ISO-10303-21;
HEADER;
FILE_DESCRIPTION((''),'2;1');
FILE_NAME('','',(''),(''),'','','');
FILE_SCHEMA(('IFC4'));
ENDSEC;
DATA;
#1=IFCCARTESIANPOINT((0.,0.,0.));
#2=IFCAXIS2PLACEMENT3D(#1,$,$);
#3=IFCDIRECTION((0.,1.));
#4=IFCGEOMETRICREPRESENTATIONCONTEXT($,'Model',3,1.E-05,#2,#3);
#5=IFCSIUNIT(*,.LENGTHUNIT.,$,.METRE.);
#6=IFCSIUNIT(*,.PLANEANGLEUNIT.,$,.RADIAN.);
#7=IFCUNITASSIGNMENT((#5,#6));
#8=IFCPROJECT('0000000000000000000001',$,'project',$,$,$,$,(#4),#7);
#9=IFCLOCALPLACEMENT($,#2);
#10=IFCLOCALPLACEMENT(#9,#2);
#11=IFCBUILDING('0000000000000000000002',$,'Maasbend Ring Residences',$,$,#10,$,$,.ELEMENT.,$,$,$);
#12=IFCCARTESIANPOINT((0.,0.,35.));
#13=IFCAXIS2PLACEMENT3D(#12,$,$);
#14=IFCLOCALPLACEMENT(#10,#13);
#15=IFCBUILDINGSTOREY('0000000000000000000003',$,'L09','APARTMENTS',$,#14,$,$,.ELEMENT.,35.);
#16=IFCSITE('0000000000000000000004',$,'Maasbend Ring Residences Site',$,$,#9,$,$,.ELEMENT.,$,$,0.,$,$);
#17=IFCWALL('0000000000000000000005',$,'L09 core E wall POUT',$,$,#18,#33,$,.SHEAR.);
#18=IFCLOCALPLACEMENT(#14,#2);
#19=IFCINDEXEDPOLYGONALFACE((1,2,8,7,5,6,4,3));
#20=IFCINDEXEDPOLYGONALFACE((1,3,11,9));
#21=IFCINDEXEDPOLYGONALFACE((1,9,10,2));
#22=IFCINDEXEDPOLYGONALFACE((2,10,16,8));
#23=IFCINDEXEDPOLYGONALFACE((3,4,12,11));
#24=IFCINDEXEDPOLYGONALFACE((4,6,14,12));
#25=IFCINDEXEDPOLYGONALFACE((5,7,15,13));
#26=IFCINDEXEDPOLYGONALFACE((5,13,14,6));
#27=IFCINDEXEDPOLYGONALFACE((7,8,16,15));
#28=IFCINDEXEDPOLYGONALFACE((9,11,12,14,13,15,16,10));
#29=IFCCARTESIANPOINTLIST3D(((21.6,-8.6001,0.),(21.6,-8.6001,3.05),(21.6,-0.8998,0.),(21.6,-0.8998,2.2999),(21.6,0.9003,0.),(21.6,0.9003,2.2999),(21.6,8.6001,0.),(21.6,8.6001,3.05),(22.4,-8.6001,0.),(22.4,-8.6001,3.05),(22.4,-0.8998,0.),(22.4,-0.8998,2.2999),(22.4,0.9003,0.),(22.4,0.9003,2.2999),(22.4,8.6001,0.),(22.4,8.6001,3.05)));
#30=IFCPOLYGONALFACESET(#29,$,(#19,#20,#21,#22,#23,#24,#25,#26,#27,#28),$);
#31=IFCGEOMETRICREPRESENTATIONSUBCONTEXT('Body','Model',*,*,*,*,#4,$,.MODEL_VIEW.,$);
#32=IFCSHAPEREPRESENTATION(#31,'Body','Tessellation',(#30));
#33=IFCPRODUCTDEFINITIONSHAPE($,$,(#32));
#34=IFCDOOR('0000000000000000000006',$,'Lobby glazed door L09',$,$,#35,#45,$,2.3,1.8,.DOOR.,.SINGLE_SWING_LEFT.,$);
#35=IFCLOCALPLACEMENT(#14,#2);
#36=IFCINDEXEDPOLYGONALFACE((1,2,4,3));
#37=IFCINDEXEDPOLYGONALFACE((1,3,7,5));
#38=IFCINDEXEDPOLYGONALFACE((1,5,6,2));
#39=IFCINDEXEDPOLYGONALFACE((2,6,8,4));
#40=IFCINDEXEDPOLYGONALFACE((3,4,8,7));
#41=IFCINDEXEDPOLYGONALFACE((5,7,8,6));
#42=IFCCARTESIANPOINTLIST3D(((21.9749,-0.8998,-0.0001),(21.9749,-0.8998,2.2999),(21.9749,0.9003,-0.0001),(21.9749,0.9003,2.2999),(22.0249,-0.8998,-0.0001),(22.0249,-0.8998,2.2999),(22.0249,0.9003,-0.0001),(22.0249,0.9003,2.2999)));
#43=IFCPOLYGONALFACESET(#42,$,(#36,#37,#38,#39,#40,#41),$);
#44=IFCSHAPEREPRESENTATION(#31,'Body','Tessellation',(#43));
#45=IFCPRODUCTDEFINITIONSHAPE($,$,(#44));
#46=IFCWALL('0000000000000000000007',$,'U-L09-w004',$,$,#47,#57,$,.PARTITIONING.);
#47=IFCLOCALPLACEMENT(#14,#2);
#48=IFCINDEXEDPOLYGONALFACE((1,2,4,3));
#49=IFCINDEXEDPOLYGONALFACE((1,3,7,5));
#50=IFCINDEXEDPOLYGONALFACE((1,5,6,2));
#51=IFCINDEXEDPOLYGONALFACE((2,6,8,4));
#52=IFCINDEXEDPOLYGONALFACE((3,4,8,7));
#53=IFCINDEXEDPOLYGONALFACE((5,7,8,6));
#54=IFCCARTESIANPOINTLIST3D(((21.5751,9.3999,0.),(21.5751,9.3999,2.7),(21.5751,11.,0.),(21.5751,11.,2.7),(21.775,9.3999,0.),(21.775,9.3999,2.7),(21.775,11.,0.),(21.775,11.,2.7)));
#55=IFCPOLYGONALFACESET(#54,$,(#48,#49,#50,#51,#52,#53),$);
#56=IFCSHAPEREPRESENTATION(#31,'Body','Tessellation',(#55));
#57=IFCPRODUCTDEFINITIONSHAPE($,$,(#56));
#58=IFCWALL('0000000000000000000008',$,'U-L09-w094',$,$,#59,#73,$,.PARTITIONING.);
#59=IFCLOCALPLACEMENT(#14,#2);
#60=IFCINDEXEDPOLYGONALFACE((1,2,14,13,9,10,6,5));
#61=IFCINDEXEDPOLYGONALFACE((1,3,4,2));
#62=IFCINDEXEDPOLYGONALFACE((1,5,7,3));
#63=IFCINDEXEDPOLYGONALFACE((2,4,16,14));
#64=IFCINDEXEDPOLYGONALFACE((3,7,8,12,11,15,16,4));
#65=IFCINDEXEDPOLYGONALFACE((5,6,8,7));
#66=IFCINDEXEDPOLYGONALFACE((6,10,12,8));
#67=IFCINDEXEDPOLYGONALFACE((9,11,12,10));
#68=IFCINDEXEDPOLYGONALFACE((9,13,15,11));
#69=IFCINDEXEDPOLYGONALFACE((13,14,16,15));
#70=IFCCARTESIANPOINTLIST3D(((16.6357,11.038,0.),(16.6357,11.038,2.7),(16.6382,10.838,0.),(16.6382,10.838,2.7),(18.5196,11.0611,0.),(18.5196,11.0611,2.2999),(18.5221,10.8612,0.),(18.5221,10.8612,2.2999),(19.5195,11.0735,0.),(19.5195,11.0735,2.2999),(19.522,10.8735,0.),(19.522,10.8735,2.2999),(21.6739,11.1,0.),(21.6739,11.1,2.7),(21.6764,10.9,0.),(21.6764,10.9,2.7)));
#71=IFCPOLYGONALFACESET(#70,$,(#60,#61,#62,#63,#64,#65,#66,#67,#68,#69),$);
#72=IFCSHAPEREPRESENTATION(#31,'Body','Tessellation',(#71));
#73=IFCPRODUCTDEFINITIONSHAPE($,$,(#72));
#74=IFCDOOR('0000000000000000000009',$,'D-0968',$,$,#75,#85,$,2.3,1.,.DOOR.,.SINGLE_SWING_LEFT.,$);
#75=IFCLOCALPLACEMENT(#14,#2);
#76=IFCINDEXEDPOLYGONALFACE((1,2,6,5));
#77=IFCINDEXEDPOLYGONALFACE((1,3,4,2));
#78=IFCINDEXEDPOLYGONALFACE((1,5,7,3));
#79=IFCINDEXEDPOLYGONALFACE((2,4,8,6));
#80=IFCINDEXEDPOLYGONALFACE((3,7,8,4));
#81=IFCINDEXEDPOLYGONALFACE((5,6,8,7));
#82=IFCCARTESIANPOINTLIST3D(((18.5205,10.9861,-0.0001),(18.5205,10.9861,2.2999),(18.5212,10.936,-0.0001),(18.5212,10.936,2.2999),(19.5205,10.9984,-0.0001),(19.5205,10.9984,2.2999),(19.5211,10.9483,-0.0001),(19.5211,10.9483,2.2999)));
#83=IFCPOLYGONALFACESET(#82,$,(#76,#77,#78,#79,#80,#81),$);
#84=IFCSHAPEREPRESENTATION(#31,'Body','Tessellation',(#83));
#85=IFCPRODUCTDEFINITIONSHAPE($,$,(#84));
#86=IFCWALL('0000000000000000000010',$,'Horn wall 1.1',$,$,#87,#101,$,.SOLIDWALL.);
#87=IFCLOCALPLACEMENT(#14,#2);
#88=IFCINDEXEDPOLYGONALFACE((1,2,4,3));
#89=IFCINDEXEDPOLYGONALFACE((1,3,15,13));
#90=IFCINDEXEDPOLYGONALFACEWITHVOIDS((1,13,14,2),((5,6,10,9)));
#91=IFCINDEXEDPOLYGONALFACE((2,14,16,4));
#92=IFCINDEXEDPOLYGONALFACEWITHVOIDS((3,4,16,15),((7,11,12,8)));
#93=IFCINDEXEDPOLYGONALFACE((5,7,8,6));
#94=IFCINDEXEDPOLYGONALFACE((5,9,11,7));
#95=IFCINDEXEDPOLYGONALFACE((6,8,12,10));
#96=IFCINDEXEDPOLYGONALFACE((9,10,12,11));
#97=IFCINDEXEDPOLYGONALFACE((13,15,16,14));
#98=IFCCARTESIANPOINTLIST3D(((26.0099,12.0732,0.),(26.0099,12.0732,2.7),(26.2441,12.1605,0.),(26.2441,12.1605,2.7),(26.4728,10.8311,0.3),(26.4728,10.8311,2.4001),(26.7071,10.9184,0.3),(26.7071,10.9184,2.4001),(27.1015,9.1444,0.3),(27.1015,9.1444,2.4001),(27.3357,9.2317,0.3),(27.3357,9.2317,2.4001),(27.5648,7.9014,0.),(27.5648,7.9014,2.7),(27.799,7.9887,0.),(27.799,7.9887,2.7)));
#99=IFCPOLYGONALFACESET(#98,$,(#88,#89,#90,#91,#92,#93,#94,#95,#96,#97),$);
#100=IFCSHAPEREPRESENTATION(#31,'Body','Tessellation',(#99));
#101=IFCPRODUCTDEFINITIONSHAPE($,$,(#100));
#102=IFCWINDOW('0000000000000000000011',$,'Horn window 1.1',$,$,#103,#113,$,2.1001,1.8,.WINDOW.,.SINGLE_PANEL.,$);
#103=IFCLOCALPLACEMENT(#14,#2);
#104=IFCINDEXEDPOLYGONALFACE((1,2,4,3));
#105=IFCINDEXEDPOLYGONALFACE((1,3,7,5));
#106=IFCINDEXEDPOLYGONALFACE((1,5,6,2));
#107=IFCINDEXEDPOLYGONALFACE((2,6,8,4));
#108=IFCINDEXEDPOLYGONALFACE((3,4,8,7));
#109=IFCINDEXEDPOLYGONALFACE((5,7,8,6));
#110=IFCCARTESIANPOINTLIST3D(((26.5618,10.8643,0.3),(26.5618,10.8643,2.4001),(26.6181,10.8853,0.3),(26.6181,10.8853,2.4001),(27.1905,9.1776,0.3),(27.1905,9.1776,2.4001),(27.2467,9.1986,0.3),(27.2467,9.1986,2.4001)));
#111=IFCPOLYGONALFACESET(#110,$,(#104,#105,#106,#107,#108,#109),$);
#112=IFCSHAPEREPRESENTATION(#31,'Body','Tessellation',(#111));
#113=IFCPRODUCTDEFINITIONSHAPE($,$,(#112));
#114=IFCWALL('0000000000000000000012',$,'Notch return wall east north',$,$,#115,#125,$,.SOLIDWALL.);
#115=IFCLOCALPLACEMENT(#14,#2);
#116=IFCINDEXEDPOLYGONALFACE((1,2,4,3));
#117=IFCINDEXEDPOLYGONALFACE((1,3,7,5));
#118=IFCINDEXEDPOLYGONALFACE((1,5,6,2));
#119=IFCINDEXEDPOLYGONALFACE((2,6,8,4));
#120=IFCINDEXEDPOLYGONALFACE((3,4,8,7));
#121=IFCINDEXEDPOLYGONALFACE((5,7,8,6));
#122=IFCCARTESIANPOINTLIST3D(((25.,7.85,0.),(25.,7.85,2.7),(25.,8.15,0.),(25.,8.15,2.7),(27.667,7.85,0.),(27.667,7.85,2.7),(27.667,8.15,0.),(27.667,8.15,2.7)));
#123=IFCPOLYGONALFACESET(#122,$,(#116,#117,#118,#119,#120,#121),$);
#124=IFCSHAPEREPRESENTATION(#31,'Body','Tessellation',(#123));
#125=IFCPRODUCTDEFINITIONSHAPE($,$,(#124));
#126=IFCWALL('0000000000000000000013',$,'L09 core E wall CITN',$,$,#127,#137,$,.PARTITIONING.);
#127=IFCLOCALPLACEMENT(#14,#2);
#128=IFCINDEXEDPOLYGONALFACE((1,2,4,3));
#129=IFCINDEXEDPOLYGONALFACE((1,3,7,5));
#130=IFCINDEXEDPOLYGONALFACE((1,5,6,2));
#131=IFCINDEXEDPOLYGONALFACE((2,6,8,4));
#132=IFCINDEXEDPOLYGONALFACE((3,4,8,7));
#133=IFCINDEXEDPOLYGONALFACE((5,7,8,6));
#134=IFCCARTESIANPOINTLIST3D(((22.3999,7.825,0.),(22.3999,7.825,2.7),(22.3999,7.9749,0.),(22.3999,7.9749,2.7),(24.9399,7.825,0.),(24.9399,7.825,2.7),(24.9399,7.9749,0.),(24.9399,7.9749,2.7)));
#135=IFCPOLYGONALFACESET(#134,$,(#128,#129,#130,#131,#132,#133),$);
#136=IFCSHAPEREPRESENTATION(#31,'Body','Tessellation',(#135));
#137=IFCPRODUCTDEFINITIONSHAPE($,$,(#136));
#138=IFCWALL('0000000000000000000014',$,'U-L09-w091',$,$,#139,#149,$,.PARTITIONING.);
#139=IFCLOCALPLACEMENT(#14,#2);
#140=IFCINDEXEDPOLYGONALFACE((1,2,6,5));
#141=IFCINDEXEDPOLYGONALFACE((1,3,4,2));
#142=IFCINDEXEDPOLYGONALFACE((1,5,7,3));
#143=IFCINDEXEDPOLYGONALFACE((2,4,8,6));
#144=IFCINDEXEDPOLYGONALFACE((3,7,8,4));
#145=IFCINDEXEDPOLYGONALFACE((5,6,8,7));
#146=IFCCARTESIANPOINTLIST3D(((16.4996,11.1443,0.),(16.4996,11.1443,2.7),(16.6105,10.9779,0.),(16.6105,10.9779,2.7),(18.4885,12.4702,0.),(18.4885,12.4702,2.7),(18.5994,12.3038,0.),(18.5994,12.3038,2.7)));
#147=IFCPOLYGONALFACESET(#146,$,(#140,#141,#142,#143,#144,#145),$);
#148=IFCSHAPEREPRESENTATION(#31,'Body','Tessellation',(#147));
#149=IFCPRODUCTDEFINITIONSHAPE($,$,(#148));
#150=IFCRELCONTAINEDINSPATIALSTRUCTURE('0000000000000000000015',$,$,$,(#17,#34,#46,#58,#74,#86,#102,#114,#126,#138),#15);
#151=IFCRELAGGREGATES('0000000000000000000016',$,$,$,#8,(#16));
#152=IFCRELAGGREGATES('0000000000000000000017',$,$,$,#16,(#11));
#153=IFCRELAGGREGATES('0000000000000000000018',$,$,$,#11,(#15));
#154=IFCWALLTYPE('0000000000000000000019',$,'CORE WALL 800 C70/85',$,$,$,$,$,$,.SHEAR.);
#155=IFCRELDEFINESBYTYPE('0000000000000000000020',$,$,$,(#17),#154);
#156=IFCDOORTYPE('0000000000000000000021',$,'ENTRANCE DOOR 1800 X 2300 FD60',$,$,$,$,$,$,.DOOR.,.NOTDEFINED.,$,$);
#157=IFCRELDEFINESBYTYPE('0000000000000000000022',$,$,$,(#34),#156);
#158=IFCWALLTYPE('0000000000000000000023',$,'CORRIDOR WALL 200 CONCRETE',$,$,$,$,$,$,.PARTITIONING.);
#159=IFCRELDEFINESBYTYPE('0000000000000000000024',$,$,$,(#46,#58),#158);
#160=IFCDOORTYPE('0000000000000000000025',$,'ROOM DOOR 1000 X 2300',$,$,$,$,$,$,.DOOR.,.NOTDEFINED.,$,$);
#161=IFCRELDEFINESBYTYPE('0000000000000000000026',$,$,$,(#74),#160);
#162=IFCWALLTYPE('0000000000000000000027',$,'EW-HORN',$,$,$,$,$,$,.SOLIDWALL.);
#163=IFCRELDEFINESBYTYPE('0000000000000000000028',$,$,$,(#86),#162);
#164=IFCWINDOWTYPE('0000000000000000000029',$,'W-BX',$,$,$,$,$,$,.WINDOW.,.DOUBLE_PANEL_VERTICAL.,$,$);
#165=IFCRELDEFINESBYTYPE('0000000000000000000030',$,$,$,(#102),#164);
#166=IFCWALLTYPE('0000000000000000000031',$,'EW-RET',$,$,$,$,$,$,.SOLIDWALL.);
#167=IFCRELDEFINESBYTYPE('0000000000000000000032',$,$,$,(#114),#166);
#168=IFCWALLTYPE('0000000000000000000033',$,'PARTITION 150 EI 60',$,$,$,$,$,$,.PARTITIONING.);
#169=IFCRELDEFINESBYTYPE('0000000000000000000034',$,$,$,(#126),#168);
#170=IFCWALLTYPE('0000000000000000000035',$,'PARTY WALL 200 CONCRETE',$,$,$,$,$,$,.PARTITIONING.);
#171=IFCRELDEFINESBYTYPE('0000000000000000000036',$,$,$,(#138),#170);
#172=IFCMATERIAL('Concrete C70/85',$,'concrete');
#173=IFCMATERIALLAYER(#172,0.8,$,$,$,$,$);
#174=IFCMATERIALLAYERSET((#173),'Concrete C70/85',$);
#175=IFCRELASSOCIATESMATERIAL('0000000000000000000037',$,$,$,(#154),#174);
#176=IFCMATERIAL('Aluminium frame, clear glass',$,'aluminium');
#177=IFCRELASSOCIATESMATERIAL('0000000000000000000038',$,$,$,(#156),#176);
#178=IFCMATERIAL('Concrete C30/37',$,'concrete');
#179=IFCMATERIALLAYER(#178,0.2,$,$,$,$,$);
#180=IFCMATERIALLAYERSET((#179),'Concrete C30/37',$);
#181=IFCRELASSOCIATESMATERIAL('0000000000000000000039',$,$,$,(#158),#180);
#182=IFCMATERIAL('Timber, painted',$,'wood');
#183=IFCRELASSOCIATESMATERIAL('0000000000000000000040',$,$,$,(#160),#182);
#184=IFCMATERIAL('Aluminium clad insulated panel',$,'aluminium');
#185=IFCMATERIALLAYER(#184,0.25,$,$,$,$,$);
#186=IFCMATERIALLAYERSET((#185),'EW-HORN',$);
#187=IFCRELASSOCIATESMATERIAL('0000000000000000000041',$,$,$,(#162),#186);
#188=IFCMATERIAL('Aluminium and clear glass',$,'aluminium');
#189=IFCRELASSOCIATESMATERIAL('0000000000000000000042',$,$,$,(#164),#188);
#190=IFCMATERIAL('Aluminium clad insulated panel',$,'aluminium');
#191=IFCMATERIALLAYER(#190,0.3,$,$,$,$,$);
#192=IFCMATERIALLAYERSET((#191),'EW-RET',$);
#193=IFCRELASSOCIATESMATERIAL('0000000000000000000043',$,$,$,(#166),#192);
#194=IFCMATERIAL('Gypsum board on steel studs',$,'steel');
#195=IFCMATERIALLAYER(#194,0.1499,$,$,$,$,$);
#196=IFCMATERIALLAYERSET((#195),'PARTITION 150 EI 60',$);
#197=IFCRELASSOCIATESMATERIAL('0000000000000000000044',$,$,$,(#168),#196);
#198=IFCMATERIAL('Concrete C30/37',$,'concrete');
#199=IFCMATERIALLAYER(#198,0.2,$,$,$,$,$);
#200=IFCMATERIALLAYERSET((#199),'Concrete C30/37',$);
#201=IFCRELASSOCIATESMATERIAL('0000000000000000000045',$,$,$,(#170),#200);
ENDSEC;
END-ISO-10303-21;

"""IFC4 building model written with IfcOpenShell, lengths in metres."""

from ifc_helpers import new_model, si_unit, direction, frame, frame_2d, origin, place, context, subcontext, project, spatial, rectangle, extrude, material, layer, layer_set, type_object, element, fill, save


model = new_model("IFC4")

# Units and contexts
model_context = context("Model", 3, precision=1e-05, world=origin(), true_north=direction((0.0, 1.0)))
body_context = subcontext(model_context, "Body", "Model", "MODEL_VIEW")
ifc_project = project(units=[si_unit("LENGTHUNIT", "METRE"), si_unit("PLANEANGLEUNIT", "RADIAN")], contexts=[model_context])

# Site, building, storey
site_placement = place(None, origin())
site = spatial("IfcSite", under=ifc_project, at=site_placement, Name="Maasbend Ring Residences Site", CompositionType="ELEMENT", RefElevation=0.0)
building_placement = place(site_placement, origin())
building = spatial("IfcBuilding", under=site, at=building_placement, Name="Maasbend Ring Residences", CompositionType="ELEMENT")
storey_placement = place(building_placement, frame((0.0, 0.0, 35.0)))
storey = spatial("IfcBuildingStorey", under=building, at=storey_placement, Name="L09", Description="APARTMENTS", CompositionType="ELEMENT", Elevation=35.0)

# Wall, opening, door
ifc_material_1 = material(Name="Concrete C70/85", Category="concrete")
ifc_layer_1 = layer(ifc_material_1, 0.8)
ifc_layer_set_1 = layer_set([ifc_layer_1], Name="Concrete C70/85")
wall_type_1 = type_object("IfcWallType", Name="CORE WALL 800 C70/85", PredefinedType="SHEAR", material=ifc_layer_set_1)
wall_1_placement = place(storey_placement, frame((22.0, 8.6001, 0.0), z_axis=(0.0, 0.0, 1.0), x_axis=(0.0, -1.0, 0.0)))
wall_1 = element("IfcWall", 1, at=wall_1_placement, inside=storey, type_object=wall_type_1, Name="L09 core E wall POUT", PredefinedType="SHEAR", context=body_context, shape_type="SweptSolid", body=[
    extrude(rectangle(XDim=17.2002, YDim=0.8, at=frame_2d((8.6001, 0.0))), origin(), (0.0, 0.0, 1.0), 3.05),
])
opening_1_placement = place(wall_1_placement, frame((7.7, 0.0, 0.0)))
opening_1 = element("IfcOpeningElement", 2, at=opening_1_placement, cuts=wall_1, PredefinedType="OPENING", context=body_context, shape_type="SweptSolid", body=[
    extrude(rectangle(XDim=1.8, YDim=2.3, at=frame_2d((0.8999, 1.1499))), frame((0.0, 0.4102, 0.0), z_axis=(0.0, -1.0, 0.0), x_axis=(1.0, 0.0, 0.0)), (0.0, 0.0, 1.0), 0.8201),
])
ifc_material_2 = material(Name="Aluminium frame, clear glass", Category="aluminium")
door_type_1 = type_object("IfcDoorType", Name="ENTRANCE DOOR 1800 X 2300 FD60", OperationType="NOTDEFINED", PredefinedType="DOOR", material=ifc_material_2)
door_1_placement = place(opening_1_placement, origin())
door_1 = element("IfcDoor", 3, at=door_1_placement, inside=storey, type_object=door_type_1, Name="Lobby glazed door L09", OperationType="SINGLE_SWING_LEFT", OverallHeight=2.3, OverallWidth=1.8, PredefinedType="DOOR", context=body_context, shape_type="SweptSolid", body=[
    extrude(rectangle(XDim=1.8, YDim=2.3, at=frame_2d((0.8999, 1.1499))), frame((0.0, 0.0249, 0.0), z_axis=(0.0, -1.0, 0.0), x_axis=(1.0, 0.0, 0.0)), (0.0, 0.0, 1.0), 0.05),
])
fill(opening_1, door_1)

# Wall
ifc_material_3 = material(Name="Concrete C30/37", Category="concrete")
ifc_layer_2 = layer(ifc_material_3, 0.2)
ifc_layer_set_2 = layer_set([ifc_layer_2], Name="Concrete C30/37")
wall_type_2 = type_object("IfcWallType", Name="CORRIDOR WALL 200 CONCRETE", PredefinedType="PARTITIONING", material=ifc_layer_set_2)
wall_2_placement = place(storey_placement, frame((21.675, 9.3999, 0.0), z_axis=(0.0, 0.0, 1.0), x_axis=(0.0, 1.0, 0.0)))
element("IfcWall", 4, at=wall_2_placement, inside=storey, type_object=wall_type_2, Name="U-L09-w004", PredefinedType="PARTITIONING", context=body_context, shape_type="SweptSolid", body=[
    extrude(rectangle(XDim=1.6001, YDim=0.2, at=frame_2d((0.8, 0.0))), origin(), (0.0, 0.0, 1.0), 2.7),
])

# Wall, opening, door
wall_3_placement = place(storey_placement, frame((16.637, 10.938, 0.0), z_axis=(0.0, 0.0, 1.0), x_axis=(0.999924, 0.012308, 0.0)))
wall_3 = element("IfcWall", 5, at=wall_3_placement, inside=storey, type_object=wall_type_2, Name="U-L09-w094", PredefinedType="PARTITIONING", context=body_context, shape_type="SweptSolid", body=[
    extrude(rectangle(XDim=5.0386, YDim=0.2, at=frame_2d((2.5193, 0.0))), origin(), (0.0, 0.0, 1.0), 2.7),
])
opening_2_placement = place(wall_3_placement, frame((1.884, 0.0, 0.0)))
opening_2 = element("IfcOpeningElement", 6, at=opening_2_placement, cuts=wall_3, PredefinedType="OPENING", context=body_context, shape_type="SweptSolid", body=[
    extrude(rectangle(XDim=1.0, YDim=2.3, at=frame_2d((0.5, 1.1499))), frame((0.0, 0.1099, 0.0), z_axis=(0.0, -1.0, 0.0), x_axis=(1.0, 0.0, 0.0)), (0.0, 0.0, 1.0), 0.22),
])
ifc_material_4 = material(Name="Timber, painted", Category="wood")
door_type_2 = type_object("IfcDoorType", Name="ROOM DOOR 1000 X 2300", OperationType="NOTDEFINED", PredefinedType="DOOR", material=ifc_material_4)
door_2_placement = place(opening_2_placement, origin())
door_2 = element("IfcDoor", 7, at=door_2_placement, inside=storey, type_object=door_type_2, Name="D-0968", OperationType="SINGLE_SWING_LEFT", OverallHeight=2.3, OverallWidth=1.0, PredefinedType="DOOR", context=body_context, shape_type="SweptSolid", body=[
    extrude(rectangle(XDim=1.0, YDim=2.3, at=frame_2d((0.5, 1.1499))), frame((0.0, 0.0249, 0.0), z_axis=(0.0, -1.0, 0.0), x_axis=(1.0, 0.0, 0.0)), (0.0, 0.0, 1.0), 0.05),
])
fill(opening_2, door_2)

# Wall, opening, window
ifc_material_5 = material(Name="Aluminium clad insulated panel", Category="aluminium")
ifc_layer_3 = layer(ifc_material_5, 0.25)
ifc_layer_set_3 = layer_set([ifc_layer_3], Name="EW-HORN")
wall_type_3 = type_object("IfcWallType", Name="EW-HORN", PredefinedType="SOLIDWALL", material=ifc_layer_set_3)
wall_4_placement = place(storey_placement, frame((27.6819, 7.9451, 0.0), z_axis=(0.0, 0.0, 1.0), x_axis=(-0.349248, 0.93703, 0.0)))
wall_4 = element("IfcWall", 8, at=wall_4_placement, inside=storey, type_object=wall_type_3, Name="Horn wall 1.1", PredefinedType="SOLIDWALL", context=body_context, shape_type="SweptSolid", body=[
    extrude(rectangle(XDim=4.4521, YDim=0.25, at=frame_2d((2.2261, 0.0))), origin(), (0.0, 0.0, 1.0), 2.7),
])
opening_3_placement = place(wall_4_placement, frame((1.3267, 0.0, 0.3)))
opening_3 = element("IfcOpeningElement", 9, at=opening_3_placement, cuts=wall_4, PredefinedType="OPENING", context=body_context, shape_type="SweptSolid", body=[
    extrude(rectangle(XDim=1.8, YDim=2.1001, at=frame_2d((0.8999, 1.05))), frame((0.0, 0.135, 0.0), z_axis=(0.0, -1.0, 0.0), x_axis=(1.0, 0.0, 0.0)), (0.0, 0.0, 1.0), 0.27),
])
ifc_material_6 = material(Name="Aluminium and clear glass", Category="aluminium")
window_type = type_object("IfcWindowType", Name="W-BX", PartitioningType="DOUBLE_PANEL_VERTICAL", PredefinedType="WINDOW", material=ifc_material_6)
window_placement = place(opening_3_placement, origin())
window = element("IfcWindow", 10, at=window_placement, inside=storey, type_object=window_type, Name="Horn window 1.1", OverallHeight=2.1001, OverallWidth=1.8, PartitioningType="SINGLE_PANEL", PredefinedType="WINDOW", context=body_context, shape_type="SweptSolid", body=[
    extrude(rectangle(XDim=1.8, YDim=2.1001, at=frame_2d((0.8999, 1.05))), frame((0.0, 0.03, 0.0), z_axis=(0.0, -1.0, 0.0), x_axis=(1.0, 0.0, 0.0)), (0.0, 0.0, 1.0), 0.0601),
])
fill(opening_3, window)

# Walls
ifc_material_7 = material(Name="Aluminium clad insulated panel", Category="aluminium")
ifc_layer_4 = layer(ifc_material_7, 0.3)
ifc_layer_set_4 = layer_set([ifc_layer_4], Name="EW-RET")
wall_type_4 = type_object("IfcWallType", Name="EW-RET", PredefinedType="SOLIDWALL", material=ifc_layer_set_4)
wall_5_placement = place(storey_placement, frame((25.0, 8.0, 0.0), z_axis=(0.0, 0.0, 1.0), x_axis=(1.0, 0.0, 0.0)))
element("IfcWall", 11, at=wall_5_placement, inside=storey, type_object=wall_type_4, Name="Notch return wall east north", PredefinedType="SOLIDWALL", context=body_context, shape_type="SweptSolid", body=[
    extrude(rectangle(XDim=2.667, YDim=0.3, at=frame_2d((1.3335, 0.0))), origin(), (0.0, 0.0, 1.0), 2.7),
])
ifc_material_8 = material(Name="Gypsum board on steel studs", Category="steel")
ifc_layer_5 = layer(ifc_material_8, 0.1499)
ifc_layer_set_5 = layer_set([ifc_layer_5], Name="PARTITION 150 EI 60")
wall_type_5 = type_object("IfcWallType", Name="PARTITION 150 EI 60", PredefinedType="PARTITIONING", material=ifc_layer_set_5)
wall_6_placement = place(storey_placement, frame((22.3999, 7.8999, 0.0), z_axis=(0.0, 0.0, 1.0), x_axis=(1.0, 0.0, 0.0)))
element("IfcWall", 12, at=wall_6_placement, inside=storey, type_object=wall_type_5, Name="L09 core E wall CITN", PredefinedType="PARTITIONING", context=body_context, shape_type="SweptSolid", body=[
    extrude(rectangle(XDim=2.54, YDim=0.1499, at=frame_2d((1.27, 0.0))), origin(), (0.0, 0.0, 1.0), 2.7),
])
ifc_material_9 = material(Name="Concrete C30/37", Category="concrete")
ifc_layer_6 = layer(ifc_material_9, 0.2)
ifc_layer_set_6 = layer_set([ifc_layer_6], Name="Concrete C30/37")
wall_type_6 = type_object("IfcWallType", Name="PARTY WALL 200 CONCRETE", PredefinedType="PARTITIONING", material=ifc_layer_set_6)
wall_7_placement = place(storey_placement, frame((16.5549, 11.061, 0.0), z_axis=(0.0, 0.0, 1.0), x_axis=(0.832066, 0.554677, 0.0)))
element("IfcWall", 13, at=wall_7_placement, inside=storey, type_object=wall_type_6, Name="U-L09-w091", PredefinedType="PARTITIONING", context=body_context, shape_type="SweptSolid", body=[
    extrude(rectangle(XDim=2.3904, YDim=0.2, at=frame_2d((1.1953, 0.0))), origin(), (0.0, 0.0, 1.0), 2.7),
])

save(model, "model.ifc")
